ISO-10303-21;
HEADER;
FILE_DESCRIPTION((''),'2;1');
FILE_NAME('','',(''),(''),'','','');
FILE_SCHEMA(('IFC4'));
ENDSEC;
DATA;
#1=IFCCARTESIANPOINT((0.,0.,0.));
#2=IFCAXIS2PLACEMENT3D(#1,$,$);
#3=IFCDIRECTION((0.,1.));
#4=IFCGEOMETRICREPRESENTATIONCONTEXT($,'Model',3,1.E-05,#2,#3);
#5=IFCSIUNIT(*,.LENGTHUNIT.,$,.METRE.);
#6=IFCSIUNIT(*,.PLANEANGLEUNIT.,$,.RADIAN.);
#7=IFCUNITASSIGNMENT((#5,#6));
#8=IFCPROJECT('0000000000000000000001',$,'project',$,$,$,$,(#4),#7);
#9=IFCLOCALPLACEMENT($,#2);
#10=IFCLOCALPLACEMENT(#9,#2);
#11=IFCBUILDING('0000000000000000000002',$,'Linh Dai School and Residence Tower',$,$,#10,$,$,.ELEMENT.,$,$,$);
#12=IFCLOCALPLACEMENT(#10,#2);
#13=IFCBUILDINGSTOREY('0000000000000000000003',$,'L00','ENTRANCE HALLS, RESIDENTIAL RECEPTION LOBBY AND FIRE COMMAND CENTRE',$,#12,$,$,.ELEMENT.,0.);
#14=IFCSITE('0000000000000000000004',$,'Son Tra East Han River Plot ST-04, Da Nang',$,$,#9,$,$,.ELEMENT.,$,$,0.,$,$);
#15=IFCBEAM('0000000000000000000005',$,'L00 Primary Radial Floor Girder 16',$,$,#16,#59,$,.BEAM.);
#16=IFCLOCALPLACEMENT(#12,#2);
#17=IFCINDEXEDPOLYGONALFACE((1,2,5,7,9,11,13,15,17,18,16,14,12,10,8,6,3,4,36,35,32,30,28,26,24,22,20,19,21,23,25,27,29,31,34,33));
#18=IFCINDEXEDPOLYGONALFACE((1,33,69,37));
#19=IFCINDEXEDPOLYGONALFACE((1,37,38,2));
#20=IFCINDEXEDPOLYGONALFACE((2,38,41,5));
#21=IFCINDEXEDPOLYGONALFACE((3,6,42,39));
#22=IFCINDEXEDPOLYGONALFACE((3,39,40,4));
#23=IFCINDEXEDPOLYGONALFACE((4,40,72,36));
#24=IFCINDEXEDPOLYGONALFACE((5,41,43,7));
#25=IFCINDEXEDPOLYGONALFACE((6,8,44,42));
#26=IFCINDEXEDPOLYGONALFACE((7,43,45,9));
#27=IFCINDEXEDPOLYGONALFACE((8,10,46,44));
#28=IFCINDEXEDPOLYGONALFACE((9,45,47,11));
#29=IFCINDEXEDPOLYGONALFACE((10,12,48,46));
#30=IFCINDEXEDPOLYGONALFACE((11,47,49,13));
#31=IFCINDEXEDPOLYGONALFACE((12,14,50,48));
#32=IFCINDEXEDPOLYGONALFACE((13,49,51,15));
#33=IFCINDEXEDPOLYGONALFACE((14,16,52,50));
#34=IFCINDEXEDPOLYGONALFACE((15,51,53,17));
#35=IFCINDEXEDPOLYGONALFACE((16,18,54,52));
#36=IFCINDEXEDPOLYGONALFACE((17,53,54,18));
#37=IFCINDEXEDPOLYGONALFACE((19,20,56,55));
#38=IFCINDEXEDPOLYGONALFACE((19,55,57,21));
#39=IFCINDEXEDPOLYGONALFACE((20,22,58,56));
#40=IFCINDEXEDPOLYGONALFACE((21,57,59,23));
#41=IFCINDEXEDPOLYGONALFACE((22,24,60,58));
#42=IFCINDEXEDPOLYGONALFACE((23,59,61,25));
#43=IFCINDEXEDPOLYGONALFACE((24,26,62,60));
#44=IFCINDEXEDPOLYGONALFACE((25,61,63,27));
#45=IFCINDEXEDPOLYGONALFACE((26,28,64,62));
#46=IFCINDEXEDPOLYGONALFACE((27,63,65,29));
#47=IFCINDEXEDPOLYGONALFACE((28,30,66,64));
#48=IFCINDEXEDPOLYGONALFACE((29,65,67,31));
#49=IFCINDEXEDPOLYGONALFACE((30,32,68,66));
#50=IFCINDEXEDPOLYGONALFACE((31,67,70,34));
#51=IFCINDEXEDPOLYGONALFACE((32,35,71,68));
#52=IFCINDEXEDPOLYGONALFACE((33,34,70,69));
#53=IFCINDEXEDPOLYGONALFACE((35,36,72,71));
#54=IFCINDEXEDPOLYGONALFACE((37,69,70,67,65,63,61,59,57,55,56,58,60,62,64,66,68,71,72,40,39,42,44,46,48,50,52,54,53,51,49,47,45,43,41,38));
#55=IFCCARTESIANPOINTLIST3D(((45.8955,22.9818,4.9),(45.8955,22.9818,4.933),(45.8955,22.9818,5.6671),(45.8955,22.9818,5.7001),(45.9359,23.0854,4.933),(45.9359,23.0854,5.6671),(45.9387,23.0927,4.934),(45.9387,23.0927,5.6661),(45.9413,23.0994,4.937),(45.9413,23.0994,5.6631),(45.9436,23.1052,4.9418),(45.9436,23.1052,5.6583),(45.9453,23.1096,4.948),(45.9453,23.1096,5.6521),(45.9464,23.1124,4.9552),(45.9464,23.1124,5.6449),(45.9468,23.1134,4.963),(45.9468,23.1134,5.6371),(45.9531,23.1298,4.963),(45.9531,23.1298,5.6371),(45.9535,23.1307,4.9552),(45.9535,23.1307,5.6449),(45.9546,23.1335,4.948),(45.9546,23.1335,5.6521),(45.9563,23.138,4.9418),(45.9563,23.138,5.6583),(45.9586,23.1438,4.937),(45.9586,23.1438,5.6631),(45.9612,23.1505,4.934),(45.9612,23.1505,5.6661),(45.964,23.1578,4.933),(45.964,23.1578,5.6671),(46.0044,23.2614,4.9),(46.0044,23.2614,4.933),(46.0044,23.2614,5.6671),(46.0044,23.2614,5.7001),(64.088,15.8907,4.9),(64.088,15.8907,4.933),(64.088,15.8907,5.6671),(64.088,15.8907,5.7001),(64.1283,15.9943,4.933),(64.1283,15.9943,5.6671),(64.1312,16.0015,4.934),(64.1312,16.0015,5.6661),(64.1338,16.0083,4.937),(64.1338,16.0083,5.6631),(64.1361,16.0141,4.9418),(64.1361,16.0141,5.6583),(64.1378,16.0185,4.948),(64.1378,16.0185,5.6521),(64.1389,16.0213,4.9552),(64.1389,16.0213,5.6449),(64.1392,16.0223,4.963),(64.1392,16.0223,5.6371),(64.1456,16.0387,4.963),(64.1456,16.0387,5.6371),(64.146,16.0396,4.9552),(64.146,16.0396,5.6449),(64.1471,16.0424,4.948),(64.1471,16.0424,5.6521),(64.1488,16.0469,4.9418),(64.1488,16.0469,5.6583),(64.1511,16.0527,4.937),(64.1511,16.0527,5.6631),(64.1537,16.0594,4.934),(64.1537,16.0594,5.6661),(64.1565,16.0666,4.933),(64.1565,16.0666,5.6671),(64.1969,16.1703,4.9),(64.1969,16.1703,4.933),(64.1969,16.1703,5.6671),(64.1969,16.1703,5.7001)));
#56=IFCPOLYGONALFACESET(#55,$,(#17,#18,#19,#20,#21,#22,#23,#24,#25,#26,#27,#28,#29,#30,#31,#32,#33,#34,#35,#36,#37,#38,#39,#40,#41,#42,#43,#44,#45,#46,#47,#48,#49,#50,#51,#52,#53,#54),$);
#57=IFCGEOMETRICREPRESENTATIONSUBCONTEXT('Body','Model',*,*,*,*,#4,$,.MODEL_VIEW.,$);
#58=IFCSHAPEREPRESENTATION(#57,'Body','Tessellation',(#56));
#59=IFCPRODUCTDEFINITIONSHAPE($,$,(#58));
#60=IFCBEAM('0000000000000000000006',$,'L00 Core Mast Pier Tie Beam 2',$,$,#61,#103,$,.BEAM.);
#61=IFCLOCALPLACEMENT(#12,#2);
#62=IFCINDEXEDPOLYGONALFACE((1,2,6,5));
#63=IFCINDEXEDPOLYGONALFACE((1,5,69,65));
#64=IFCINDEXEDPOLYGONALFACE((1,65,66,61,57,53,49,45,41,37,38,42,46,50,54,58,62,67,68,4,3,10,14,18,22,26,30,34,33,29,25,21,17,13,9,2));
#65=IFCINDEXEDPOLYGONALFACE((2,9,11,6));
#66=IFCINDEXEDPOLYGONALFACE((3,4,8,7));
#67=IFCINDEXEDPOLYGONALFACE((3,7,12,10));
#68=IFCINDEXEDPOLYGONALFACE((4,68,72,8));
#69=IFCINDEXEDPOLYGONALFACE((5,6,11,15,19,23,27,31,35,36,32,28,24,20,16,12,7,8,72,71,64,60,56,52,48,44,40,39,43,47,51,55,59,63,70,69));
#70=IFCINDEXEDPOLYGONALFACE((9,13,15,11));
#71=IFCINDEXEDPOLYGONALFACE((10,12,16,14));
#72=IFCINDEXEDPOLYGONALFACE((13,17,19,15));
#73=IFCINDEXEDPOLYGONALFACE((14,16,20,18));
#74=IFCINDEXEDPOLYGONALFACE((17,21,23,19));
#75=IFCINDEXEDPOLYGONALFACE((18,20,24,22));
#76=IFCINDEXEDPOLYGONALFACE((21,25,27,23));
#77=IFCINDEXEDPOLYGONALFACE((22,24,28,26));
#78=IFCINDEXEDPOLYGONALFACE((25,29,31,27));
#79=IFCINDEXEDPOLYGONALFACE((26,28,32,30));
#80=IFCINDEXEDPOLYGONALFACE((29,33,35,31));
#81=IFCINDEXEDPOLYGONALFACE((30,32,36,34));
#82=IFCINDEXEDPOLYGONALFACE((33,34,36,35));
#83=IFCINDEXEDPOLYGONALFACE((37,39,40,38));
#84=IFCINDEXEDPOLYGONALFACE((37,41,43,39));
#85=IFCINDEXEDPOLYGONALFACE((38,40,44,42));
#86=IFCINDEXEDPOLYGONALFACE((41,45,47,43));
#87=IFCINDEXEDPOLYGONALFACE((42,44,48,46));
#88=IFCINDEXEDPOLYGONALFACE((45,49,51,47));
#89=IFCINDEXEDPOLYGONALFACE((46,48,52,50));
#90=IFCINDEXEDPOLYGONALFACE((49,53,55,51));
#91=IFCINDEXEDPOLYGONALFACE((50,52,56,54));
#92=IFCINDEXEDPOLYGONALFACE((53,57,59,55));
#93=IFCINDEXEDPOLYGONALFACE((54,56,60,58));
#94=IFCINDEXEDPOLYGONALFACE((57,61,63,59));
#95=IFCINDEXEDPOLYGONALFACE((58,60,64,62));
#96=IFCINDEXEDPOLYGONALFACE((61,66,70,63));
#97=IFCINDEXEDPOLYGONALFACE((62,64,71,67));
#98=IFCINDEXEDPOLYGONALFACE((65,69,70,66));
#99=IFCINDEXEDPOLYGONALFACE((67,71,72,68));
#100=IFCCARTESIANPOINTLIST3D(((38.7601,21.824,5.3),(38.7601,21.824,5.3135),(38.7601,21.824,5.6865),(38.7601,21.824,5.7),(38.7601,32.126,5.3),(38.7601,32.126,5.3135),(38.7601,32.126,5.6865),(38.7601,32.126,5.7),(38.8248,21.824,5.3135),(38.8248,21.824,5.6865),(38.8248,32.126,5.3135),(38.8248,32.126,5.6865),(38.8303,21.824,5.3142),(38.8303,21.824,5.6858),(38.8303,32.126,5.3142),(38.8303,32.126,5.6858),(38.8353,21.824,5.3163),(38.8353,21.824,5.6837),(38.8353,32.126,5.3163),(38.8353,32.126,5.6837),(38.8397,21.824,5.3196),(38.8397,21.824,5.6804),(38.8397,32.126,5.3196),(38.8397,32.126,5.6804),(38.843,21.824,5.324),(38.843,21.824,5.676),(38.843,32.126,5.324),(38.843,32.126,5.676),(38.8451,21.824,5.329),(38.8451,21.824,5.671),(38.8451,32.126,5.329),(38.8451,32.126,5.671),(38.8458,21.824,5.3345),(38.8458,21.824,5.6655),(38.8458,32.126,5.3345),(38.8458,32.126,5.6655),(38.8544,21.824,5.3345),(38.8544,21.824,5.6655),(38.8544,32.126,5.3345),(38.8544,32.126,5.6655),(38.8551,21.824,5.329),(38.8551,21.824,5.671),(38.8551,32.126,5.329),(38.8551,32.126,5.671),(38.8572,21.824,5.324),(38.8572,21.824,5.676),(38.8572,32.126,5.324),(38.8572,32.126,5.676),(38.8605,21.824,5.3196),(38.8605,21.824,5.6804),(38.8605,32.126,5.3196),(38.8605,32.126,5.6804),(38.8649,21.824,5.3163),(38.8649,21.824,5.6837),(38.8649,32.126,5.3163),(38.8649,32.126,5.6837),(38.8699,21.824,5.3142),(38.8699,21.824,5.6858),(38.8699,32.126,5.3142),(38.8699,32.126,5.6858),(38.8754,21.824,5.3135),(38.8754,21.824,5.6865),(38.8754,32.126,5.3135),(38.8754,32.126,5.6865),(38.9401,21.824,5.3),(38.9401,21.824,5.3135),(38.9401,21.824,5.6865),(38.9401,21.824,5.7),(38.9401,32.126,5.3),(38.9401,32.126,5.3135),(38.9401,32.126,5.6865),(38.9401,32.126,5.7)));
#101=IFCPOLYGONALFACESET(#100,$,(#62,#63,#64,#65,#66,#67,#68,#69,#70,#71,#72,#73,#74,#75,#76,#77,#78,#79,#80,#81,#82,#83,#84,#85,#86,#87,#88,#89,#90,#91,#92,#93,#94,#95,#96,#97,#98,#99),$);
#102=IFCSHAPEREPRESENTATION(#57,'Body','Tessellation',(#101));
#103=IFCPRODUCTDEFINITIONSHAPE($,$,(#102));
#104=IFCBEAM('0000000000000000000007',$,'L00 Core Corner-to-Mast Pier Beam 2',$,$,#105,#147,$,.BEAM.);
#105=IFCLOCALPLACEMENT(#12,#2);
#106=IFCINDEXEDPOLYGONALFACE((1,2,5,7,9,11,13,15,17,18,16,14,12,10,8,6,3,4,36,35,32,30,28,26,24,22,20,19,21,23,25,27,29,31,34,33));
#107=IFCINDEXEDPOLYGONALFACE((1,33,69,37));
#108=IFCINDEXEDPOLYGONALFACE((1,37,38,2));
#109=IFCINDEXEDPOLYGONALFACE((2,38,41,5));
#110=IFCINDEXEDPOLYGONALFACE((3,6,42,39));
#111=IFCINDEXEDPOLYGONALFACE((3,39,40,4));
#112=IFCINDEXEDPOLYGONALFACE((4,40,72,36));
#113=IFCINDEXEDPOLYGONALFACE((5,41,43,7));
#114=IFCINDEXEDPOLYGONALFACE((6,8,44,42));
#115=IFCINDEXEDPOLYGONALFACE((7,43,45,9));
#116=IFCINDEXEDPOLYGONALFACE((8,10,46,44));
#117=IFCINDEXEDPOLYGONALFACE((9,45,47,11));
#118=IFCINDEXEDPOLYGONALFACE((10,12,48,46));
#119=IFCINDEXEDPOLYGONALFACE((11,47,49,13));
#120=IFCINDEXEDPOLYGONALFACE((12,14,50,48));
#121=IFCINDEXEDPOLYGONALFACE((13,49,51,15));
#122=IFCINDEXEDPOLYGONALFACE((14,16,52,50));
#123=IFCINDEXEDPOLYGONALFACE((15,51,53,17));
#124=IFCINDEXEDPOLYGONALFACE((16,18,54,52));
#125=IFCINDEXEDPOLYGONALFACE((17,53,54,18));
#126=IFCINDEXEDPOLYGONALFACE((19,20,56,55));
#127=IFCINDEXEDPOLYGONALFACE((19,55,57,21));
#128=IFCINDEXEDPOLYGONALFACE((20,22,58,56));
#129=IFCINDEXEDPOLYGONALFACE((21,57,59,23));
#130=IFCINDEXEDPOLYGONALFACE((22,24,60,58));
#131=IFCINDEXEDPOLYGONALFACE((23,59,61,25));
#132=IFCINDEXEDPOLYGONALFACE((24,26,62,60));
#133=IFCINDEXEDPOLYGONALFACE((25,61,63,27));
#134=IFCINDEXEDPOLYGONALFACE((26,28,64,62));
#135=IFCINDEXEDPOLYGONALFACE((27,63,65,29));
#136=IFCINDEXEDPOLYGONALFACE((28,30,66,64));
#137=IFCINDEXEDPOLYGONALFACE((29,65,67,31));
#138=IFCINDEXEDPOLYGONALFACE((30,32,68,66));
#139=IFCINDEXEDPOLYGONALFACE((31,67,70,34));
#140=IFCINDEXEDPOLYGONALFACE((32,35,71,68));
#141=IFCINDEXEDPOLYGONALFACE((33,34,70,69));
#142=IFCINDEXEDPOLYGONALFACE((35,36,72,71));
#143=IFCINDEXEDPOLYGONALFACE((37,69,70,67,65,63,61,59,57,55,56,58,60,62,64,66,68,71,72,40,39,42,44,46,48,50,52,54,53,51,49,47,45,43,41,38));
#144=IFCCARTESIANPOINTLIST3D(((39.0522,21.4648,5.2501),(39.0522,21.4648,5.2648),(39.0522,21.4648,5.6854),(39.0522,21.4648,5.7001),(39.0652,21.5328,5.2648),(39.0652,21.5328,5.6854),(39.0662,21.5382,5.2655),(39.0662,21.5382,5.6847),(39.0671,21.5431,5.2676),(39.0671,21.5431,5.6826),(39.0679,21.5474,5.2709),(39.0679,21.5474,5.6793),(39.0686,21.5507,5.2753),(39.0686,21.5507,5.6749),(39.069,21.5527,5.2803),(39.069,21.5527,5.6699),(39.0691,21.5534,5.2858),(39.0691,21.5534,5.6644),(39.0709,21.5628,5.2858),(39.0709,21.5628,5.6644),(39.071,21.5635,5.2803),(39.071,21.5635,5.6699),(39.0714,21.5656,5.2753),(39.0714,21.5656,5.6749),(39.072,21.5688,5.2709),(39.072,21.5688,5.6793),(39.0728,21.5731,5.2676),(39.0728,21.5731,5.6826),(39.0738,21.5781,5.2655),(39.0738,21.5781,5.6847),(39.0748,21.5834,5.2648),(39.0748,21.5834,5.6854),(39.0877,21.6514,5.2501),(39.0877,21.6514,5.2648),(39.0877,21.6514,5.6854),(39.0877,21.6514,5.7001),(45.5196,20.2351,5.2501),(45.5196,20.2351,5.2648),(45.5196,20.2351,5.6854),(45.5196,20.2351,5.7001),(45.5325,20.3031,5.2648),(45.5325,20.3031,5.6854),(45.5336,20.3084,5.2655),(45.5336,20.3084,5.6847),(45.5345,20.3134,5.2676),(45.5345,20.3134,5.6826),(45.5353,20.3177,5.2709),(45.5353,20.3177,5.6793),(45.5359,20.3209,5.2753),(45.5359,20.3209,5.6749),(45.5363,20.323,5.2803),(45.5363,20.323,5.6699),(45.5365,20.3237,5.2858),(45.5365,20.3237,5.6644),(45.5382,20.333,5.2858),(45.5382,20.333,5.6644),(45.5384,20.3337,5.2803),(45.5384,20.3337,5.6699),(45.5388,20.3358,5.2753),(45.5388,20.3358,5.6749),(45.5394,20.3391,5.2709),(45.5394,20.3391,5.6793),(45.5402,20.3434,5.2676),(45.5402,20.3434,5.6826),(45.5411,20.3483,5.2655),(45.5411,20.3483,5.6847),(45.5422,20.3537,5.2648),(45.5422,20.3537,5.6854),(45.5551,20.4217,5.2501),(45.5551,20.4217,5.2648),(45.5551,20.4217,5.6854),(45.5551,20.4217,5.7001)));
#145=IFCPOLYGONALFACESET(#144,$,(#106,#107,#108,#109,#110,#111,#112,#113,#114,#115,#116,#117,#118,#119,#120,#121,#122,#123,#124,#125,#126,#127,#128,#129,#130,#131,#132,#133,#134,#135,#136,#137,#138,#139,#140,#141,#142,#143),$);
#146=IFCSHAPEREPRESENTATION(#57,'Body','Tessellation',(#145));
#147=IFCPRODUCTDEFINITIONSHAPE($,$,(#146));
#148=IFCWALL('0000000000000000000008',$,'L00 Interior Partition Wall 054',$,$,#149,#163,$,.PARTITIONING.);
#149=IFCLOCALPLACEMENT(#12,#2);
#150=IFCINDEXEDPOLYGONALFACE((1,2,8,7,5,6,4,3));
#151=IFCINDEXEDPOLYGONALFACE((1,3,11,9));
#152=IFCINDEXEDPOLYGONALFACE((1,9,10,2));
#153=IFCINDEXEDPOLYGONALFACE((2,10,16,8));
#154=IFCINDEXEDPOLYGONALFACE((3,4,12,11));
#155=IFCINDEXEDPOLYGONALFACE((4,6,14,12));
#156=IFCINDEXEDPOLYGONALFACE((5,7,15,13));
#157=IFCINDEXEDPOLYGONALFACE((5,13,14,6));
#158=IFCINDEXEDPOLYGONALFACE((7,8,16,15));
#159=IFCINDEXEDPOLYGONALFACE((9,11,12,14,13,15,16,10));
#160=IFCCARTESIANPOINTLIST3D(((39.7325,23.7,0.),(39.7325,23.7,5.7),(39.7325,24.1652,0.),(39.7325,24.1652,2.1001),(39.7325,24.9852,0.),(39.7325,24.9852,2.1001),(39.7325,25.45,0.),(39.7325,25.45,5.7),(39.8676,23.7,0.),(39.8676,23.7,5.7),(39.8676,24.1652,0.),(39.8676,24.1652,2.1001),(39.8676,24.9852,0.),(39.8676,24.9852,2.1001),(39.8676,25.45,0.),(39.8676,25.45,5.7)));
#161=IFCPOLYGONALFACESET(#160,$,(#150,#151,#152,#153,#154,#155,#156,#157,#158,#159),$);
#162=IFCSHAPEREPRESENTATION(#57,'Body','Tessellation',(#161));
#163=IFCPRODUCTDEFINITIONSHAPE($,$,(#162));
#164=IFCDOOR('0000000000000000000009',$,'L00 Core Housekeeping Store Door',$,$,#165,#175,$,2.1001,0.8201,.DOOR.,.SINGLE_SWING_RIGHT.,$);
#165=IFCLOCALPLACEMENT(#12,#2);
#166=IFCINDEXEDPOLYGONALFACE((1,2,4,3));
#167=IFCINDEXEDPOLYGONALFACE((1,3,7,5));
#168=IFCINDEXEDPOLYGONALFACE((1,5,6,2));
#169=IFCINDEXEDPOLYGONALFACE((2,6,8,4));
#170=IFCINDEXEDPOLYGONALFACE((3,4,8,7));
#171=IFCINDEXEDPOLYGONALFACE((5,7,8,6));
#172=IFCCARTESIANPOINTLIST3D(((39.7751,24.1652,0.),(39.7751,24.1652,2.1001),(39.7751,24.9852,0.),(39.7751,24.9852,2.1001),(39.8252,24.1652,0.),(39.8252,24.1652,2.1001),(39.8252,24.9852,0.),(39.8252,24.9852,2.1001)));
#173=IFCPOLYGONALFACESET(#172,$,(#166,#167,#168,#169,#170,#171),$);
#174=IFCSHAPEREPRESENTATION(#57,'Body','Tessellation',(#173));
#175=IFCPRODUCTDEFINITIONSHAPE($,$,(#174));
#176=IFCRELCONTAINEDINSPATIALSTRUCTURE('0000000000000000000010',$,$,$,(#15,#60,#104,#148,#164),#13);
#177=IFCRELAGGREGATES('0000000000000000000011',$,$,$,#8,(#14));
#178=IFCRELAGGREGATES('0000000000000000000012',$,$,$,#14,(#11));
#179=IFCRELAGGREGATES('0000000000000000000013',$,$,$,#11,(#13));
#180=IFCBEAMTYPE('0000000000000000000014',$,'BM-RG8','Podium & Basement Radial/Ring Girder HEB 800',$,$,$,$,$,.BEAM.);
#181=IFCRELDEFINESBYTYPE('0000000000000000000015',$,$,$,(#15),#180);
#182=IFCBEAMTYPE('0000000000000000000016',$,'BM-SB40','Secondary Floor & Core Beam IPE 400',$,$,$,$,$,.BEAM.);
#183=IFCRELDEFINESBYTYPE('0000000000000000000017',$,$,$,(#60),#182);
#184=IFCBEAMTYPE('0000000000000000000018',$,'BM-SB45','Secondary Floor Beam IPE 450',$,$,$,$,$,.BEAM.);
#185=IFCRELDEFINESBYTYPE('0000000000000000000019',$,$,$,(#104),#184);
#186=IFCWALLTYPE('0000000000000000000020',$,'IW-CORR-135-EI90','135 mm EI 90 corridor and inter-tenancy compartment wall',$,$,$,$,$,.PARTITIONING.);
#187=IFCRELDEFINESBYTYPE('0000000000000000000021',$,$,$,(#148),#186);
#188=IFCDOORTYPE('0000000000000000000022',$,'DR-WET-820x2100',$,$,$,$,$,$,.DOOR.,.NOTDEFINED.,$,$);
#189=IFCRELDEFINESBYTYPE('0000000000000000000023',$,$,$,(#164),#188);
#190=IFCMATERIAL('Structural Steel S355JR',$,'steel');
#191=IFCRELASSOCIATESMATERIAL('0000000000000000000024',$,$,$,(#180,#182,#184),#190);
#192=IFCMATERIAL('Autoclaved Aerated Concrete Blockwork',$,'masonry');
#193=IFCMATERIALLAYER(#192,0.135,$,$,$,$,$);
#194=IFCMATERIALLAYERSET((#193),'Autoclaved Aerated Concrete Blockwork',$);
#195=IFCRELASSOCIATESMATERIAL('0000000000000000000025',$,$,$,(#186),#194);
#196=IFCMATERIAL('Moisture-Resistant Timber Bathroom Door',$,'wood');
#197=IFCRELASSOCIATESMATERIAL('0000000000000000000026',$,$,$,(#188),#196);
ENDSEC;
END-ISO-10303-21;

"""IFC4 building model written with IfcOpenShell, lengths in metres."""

from ifc_helpers import new_model, si_unit, direction, frame, frame_2d, origin, origin_2d, place, context, subcontext, project, spatial, rectangle, i_section, extrude, source, transform, mapped, material, layer, layer_set, material_profile, profile_set, type_object, element, fill, save


model = new_model("IFC4")

# Units and contexts
model_context = context("Model", 3, precision=1e-05, world=origin(), true_north=direction((0.0, 1.0)))
body_context = subcontext(model_context, "Body", "Model", "MODEL_VIEW")
ifc_project = project(units=[si_unit("LENGTHUNIT", "METRE"), si_unit("PLANEANGLEUNIT", "RADIAN")], contexts=[model_context])

# Site, building, storey
site_placement = place(None, origin())
site = spatial("IfcSite", under=ifc_project, at=site_placement, Name="Son Tra East Han River Plot ST-04, Da Nang", CompositionType="ELEMENT", RefElevation=0.0)
building_placement = place(site_placement, origin())
building = spatial("IfcBuilding", under=site, at=building_placement, Name="Linh Dai School and Residence Tower", CompositionType="ELEMENT")
storey_placement = place(building_placement, origin())
storey = spatial("IfcBuildingStorey", under=building, at=storey_placement, Name="L00", Description="ENTRANCE HALLS, RESIDENTIAL RECEPTION LOBBY AND FIRE COMMAND CENTRE", CompositionType="ELEMENT", Elevation=0.0)

# Shared definitions
ifc_material_1 = material(Name="Structural Steel S355JR", Category="steel")

# Beams
ifc_material_profile_1 = material_profile(ifc_material_1, i_section(OverallWidth=0.3, OverallDepth=0.8, WebThickness=0.0176, FlangeThickness=0.033, FilletRadius=0.03, at=origin_2d()), Name="HEB 800")
ifc_profile_set_1 = profile_set([ifc_material_profile_1], Name="Structural Steel S355JR")
beam_type_1 = type_object("IfcBeamType", Name="BM-RG8", Description="Podium & Basement Radial/Ring Girder HEB 800", PredefinedType="BEAM", material=ifc_profile_set_1)
beam_1_placement = place(storey_placement, frame((45.95, 23.1216, 5.3), z_axis=(0.931723, -0.363169, 0.0), x_axis=(0.363169, 0.931723, 0.0)))
element("IfcBeam", 1, at=beam_1_placement, inside=storey, type_object=beam_type_1, Name="L00 Primary Radial Floor Girder 16", PredefinedType="BEAM", context=body_context, shape_type="SweptSolid", body=[
    extrude(i_section(OverallWidth=0.3, OverallDepth=0.8, WebThickness=0.0176, FlangeThickness=0.033, FilletRadius=0.03, at=origin_2d()), origin(), (0.0, 0.0, 1.0), 19.5256),
])
ifc_material_profile_2 = material_profile(ifc_material_1, i_section(OverallWidth=0.1799, OverallDepth=0.3999, WebThickness=0.0085, FlangeThickness=0.0134, FilletRadius=0.021, at=origin_2d()), Name="IPE 400")
ifc_profile_set_2 = profile_set([ifc_material_profile_2], Name="Structural Steel S355JR")
beam_type_2 = type_object("IfcBeamType", Name="BM-SB40", Description="Secondary Floor & Core Beam IPE 400", PredefinedType="BEAM", material=ifc_profile_set_2)
beam_2_placement = place(storey_placement, frame((38.8501, 21.824, 5.5), z_axis=(0.0, 1.0, 0.0), x_axis=(-1.0, 0.0, 0.0)))
element("IfcBeam", 2, at=beam_2_placement, inside=storey, type_object=beam_type_2, Name="L00 Core Mast Pier Tie Beam 2", PredefinedType="BEAM", context=body_context, shape_type="SweptSolid", body=[
    extrude(i_section(OverallWidth=0.1799, OverallDepth=0.3999, WebThickness=0.0085, FlangeThickness=0.0134, FilletRadius=0.021, at=origin_2d()), origin(), (0.0, 0.0, 1.0), 10.302),
])
ifc_material_profile_3 = material_profile(ifc_material_1, i_section(OverallWidth=0.1899, OverallDepth=0.45, WebThickness=0.0095, FlangeThickness=0.0146, FilletRadius=0.021, at=origin_2d()), Name="IPE 450")
ifc_profile_set_3 = profile_set([ifc_material_profile_3], Name="Structural Steel S355JR")
beam_type_3 = type_object("IfcBeamType", Name="BM-SB45", Description="Secondary Floor Beam IPE 450", PredefinedType="BEAM", material=ifc_profile_set_3)
beam_3_placement = place(storey_placement, frame((45.5374, 20.3284, 5.4751), z_axis=(-0.982398, 0.1868, 0.0), x_axis=(-0.1868, -0.982398, 0.0)))
element("IfcBeam", 3, at=beam_3_placement, inside=storey, type_object=beam_type_3, Name="L00 Core Corner-to-Mast Pier Beam 2", PredefinedType="BEAM", context=body_context, shape_type="SweptSolid", body=[
    extrude(i_section(OverallWidth=0.1899, OverallDepth=0.45, WebThickness=0.0095, FlangeThickness=0.0146, FilletRadius=0.021, at=origin_2d()), origin(), (0.0, 0.0, 1.0), 6.5833),
])

# Wall, opening, door
ifc_material_2 = material(Name="Autoclaved Aerated Concrete Blockwork", Category="masonry")
ifc_layer_1 = layer(ifc_material_2, 0.135)
ifc_layer_set_1 = layer_set([ifc_layer_1], Name="Autoclaved Aerated Concrete Blockwork")
wall_type_1 = type_object("IfcWallType", Name="IW-CORR-135-EI90", Description="135 mm EI 90 corridor and inter-tenancy compartment wall", PredefinedType="PARTITIONING", material=ifc_layer_set_1)
wall_1_placement = place(storey_placement, frame((39.8, 23.7, 0.0), z_axis=(0.0, 0.0, 1.0), x_axis=(0.0, 1.0, 0.0)))
wall_1 = element("IfcWall", 4, at=wall_1_placement, inside=storey, type_object=wall_type_1, Name="L00 Interior Partition Wall 054", PredefinedType="PARTITIONING", context=body_context, shape_type="SweptSolid", body=[
    extrude(rectangle(XDim=1.75, YDim=0.135, at=frame_2d((0.875, 0.0))), origin(), (0.0, 0.0, 1.0), 5.7),
])
opening_1_placement = place(wall_1_placement, frame((0.4651, 0.0, 0.0)))
opening_1 = element("IfcOpeningElement", 5, at=opening_1_placement, cuts=wall_1, PredefinedType="OPENING", context=body_context, shape_type="SweptSolid", body=[
    extrude(rectangle(XDim=0.8201, YDim=2.1001, at=origin_2d()), frame((0.4102, 0.0776, 1.05), z_axis=(0.0, -1.0, 0.0), x_axis=(1.0, 0.0, 0.0)), (0.0, 0.0, 1.0), 0.155),
])
ifc_material_3 = material(Name="Moisture-Resistant Timber Bathroom Door", Category="wood")
door_type_1 = type_object("IfcDoorType", Name="DR-WET-820x2100", OperationType="NOTDEFINED", PredefinedType="DOOR", material=ifc_material_3)
shared_shape_1 = source(origin(), body_context, "Body", "SweptSolid", [
    extrude(rectangle(XDim=0.8201, YDim=2.1001, at=origin_2d()), frame((0.4102, 0.0249, 1.05), z_axis=(0.0, -1.0, 0.0), x_axis=(1.0, 0.0, 0.0)), (0.0, 0.0, 1.0), 0.05),
])
door_1_placement = place(opening_1_placement, origin())
door_1 = element("IfcDoor", 6, at=door_1_placement, inside=storey, type_object=door_type_1, Name="L00 Core Housekeeping Store Door", OperationType="SINGLE_SWING_RIGHT", OverallHeight=2.1001, OverallWidth=0.8201, PredefinedType="DOOR", context=body_context, shape_type="MappedRepresentation", body=[
    mapped(shared_shape_1, transform((0.0, 0.0, 0.0), x_axis=(1.0, 0.0, 0.0), y_axis=(0.0, 1.0, 0.0), z_axis=(0.0, 0.0, 1.0), scale=1.0)),
])
fill(opening_1, door_1)

save(model, "model.ifc")
